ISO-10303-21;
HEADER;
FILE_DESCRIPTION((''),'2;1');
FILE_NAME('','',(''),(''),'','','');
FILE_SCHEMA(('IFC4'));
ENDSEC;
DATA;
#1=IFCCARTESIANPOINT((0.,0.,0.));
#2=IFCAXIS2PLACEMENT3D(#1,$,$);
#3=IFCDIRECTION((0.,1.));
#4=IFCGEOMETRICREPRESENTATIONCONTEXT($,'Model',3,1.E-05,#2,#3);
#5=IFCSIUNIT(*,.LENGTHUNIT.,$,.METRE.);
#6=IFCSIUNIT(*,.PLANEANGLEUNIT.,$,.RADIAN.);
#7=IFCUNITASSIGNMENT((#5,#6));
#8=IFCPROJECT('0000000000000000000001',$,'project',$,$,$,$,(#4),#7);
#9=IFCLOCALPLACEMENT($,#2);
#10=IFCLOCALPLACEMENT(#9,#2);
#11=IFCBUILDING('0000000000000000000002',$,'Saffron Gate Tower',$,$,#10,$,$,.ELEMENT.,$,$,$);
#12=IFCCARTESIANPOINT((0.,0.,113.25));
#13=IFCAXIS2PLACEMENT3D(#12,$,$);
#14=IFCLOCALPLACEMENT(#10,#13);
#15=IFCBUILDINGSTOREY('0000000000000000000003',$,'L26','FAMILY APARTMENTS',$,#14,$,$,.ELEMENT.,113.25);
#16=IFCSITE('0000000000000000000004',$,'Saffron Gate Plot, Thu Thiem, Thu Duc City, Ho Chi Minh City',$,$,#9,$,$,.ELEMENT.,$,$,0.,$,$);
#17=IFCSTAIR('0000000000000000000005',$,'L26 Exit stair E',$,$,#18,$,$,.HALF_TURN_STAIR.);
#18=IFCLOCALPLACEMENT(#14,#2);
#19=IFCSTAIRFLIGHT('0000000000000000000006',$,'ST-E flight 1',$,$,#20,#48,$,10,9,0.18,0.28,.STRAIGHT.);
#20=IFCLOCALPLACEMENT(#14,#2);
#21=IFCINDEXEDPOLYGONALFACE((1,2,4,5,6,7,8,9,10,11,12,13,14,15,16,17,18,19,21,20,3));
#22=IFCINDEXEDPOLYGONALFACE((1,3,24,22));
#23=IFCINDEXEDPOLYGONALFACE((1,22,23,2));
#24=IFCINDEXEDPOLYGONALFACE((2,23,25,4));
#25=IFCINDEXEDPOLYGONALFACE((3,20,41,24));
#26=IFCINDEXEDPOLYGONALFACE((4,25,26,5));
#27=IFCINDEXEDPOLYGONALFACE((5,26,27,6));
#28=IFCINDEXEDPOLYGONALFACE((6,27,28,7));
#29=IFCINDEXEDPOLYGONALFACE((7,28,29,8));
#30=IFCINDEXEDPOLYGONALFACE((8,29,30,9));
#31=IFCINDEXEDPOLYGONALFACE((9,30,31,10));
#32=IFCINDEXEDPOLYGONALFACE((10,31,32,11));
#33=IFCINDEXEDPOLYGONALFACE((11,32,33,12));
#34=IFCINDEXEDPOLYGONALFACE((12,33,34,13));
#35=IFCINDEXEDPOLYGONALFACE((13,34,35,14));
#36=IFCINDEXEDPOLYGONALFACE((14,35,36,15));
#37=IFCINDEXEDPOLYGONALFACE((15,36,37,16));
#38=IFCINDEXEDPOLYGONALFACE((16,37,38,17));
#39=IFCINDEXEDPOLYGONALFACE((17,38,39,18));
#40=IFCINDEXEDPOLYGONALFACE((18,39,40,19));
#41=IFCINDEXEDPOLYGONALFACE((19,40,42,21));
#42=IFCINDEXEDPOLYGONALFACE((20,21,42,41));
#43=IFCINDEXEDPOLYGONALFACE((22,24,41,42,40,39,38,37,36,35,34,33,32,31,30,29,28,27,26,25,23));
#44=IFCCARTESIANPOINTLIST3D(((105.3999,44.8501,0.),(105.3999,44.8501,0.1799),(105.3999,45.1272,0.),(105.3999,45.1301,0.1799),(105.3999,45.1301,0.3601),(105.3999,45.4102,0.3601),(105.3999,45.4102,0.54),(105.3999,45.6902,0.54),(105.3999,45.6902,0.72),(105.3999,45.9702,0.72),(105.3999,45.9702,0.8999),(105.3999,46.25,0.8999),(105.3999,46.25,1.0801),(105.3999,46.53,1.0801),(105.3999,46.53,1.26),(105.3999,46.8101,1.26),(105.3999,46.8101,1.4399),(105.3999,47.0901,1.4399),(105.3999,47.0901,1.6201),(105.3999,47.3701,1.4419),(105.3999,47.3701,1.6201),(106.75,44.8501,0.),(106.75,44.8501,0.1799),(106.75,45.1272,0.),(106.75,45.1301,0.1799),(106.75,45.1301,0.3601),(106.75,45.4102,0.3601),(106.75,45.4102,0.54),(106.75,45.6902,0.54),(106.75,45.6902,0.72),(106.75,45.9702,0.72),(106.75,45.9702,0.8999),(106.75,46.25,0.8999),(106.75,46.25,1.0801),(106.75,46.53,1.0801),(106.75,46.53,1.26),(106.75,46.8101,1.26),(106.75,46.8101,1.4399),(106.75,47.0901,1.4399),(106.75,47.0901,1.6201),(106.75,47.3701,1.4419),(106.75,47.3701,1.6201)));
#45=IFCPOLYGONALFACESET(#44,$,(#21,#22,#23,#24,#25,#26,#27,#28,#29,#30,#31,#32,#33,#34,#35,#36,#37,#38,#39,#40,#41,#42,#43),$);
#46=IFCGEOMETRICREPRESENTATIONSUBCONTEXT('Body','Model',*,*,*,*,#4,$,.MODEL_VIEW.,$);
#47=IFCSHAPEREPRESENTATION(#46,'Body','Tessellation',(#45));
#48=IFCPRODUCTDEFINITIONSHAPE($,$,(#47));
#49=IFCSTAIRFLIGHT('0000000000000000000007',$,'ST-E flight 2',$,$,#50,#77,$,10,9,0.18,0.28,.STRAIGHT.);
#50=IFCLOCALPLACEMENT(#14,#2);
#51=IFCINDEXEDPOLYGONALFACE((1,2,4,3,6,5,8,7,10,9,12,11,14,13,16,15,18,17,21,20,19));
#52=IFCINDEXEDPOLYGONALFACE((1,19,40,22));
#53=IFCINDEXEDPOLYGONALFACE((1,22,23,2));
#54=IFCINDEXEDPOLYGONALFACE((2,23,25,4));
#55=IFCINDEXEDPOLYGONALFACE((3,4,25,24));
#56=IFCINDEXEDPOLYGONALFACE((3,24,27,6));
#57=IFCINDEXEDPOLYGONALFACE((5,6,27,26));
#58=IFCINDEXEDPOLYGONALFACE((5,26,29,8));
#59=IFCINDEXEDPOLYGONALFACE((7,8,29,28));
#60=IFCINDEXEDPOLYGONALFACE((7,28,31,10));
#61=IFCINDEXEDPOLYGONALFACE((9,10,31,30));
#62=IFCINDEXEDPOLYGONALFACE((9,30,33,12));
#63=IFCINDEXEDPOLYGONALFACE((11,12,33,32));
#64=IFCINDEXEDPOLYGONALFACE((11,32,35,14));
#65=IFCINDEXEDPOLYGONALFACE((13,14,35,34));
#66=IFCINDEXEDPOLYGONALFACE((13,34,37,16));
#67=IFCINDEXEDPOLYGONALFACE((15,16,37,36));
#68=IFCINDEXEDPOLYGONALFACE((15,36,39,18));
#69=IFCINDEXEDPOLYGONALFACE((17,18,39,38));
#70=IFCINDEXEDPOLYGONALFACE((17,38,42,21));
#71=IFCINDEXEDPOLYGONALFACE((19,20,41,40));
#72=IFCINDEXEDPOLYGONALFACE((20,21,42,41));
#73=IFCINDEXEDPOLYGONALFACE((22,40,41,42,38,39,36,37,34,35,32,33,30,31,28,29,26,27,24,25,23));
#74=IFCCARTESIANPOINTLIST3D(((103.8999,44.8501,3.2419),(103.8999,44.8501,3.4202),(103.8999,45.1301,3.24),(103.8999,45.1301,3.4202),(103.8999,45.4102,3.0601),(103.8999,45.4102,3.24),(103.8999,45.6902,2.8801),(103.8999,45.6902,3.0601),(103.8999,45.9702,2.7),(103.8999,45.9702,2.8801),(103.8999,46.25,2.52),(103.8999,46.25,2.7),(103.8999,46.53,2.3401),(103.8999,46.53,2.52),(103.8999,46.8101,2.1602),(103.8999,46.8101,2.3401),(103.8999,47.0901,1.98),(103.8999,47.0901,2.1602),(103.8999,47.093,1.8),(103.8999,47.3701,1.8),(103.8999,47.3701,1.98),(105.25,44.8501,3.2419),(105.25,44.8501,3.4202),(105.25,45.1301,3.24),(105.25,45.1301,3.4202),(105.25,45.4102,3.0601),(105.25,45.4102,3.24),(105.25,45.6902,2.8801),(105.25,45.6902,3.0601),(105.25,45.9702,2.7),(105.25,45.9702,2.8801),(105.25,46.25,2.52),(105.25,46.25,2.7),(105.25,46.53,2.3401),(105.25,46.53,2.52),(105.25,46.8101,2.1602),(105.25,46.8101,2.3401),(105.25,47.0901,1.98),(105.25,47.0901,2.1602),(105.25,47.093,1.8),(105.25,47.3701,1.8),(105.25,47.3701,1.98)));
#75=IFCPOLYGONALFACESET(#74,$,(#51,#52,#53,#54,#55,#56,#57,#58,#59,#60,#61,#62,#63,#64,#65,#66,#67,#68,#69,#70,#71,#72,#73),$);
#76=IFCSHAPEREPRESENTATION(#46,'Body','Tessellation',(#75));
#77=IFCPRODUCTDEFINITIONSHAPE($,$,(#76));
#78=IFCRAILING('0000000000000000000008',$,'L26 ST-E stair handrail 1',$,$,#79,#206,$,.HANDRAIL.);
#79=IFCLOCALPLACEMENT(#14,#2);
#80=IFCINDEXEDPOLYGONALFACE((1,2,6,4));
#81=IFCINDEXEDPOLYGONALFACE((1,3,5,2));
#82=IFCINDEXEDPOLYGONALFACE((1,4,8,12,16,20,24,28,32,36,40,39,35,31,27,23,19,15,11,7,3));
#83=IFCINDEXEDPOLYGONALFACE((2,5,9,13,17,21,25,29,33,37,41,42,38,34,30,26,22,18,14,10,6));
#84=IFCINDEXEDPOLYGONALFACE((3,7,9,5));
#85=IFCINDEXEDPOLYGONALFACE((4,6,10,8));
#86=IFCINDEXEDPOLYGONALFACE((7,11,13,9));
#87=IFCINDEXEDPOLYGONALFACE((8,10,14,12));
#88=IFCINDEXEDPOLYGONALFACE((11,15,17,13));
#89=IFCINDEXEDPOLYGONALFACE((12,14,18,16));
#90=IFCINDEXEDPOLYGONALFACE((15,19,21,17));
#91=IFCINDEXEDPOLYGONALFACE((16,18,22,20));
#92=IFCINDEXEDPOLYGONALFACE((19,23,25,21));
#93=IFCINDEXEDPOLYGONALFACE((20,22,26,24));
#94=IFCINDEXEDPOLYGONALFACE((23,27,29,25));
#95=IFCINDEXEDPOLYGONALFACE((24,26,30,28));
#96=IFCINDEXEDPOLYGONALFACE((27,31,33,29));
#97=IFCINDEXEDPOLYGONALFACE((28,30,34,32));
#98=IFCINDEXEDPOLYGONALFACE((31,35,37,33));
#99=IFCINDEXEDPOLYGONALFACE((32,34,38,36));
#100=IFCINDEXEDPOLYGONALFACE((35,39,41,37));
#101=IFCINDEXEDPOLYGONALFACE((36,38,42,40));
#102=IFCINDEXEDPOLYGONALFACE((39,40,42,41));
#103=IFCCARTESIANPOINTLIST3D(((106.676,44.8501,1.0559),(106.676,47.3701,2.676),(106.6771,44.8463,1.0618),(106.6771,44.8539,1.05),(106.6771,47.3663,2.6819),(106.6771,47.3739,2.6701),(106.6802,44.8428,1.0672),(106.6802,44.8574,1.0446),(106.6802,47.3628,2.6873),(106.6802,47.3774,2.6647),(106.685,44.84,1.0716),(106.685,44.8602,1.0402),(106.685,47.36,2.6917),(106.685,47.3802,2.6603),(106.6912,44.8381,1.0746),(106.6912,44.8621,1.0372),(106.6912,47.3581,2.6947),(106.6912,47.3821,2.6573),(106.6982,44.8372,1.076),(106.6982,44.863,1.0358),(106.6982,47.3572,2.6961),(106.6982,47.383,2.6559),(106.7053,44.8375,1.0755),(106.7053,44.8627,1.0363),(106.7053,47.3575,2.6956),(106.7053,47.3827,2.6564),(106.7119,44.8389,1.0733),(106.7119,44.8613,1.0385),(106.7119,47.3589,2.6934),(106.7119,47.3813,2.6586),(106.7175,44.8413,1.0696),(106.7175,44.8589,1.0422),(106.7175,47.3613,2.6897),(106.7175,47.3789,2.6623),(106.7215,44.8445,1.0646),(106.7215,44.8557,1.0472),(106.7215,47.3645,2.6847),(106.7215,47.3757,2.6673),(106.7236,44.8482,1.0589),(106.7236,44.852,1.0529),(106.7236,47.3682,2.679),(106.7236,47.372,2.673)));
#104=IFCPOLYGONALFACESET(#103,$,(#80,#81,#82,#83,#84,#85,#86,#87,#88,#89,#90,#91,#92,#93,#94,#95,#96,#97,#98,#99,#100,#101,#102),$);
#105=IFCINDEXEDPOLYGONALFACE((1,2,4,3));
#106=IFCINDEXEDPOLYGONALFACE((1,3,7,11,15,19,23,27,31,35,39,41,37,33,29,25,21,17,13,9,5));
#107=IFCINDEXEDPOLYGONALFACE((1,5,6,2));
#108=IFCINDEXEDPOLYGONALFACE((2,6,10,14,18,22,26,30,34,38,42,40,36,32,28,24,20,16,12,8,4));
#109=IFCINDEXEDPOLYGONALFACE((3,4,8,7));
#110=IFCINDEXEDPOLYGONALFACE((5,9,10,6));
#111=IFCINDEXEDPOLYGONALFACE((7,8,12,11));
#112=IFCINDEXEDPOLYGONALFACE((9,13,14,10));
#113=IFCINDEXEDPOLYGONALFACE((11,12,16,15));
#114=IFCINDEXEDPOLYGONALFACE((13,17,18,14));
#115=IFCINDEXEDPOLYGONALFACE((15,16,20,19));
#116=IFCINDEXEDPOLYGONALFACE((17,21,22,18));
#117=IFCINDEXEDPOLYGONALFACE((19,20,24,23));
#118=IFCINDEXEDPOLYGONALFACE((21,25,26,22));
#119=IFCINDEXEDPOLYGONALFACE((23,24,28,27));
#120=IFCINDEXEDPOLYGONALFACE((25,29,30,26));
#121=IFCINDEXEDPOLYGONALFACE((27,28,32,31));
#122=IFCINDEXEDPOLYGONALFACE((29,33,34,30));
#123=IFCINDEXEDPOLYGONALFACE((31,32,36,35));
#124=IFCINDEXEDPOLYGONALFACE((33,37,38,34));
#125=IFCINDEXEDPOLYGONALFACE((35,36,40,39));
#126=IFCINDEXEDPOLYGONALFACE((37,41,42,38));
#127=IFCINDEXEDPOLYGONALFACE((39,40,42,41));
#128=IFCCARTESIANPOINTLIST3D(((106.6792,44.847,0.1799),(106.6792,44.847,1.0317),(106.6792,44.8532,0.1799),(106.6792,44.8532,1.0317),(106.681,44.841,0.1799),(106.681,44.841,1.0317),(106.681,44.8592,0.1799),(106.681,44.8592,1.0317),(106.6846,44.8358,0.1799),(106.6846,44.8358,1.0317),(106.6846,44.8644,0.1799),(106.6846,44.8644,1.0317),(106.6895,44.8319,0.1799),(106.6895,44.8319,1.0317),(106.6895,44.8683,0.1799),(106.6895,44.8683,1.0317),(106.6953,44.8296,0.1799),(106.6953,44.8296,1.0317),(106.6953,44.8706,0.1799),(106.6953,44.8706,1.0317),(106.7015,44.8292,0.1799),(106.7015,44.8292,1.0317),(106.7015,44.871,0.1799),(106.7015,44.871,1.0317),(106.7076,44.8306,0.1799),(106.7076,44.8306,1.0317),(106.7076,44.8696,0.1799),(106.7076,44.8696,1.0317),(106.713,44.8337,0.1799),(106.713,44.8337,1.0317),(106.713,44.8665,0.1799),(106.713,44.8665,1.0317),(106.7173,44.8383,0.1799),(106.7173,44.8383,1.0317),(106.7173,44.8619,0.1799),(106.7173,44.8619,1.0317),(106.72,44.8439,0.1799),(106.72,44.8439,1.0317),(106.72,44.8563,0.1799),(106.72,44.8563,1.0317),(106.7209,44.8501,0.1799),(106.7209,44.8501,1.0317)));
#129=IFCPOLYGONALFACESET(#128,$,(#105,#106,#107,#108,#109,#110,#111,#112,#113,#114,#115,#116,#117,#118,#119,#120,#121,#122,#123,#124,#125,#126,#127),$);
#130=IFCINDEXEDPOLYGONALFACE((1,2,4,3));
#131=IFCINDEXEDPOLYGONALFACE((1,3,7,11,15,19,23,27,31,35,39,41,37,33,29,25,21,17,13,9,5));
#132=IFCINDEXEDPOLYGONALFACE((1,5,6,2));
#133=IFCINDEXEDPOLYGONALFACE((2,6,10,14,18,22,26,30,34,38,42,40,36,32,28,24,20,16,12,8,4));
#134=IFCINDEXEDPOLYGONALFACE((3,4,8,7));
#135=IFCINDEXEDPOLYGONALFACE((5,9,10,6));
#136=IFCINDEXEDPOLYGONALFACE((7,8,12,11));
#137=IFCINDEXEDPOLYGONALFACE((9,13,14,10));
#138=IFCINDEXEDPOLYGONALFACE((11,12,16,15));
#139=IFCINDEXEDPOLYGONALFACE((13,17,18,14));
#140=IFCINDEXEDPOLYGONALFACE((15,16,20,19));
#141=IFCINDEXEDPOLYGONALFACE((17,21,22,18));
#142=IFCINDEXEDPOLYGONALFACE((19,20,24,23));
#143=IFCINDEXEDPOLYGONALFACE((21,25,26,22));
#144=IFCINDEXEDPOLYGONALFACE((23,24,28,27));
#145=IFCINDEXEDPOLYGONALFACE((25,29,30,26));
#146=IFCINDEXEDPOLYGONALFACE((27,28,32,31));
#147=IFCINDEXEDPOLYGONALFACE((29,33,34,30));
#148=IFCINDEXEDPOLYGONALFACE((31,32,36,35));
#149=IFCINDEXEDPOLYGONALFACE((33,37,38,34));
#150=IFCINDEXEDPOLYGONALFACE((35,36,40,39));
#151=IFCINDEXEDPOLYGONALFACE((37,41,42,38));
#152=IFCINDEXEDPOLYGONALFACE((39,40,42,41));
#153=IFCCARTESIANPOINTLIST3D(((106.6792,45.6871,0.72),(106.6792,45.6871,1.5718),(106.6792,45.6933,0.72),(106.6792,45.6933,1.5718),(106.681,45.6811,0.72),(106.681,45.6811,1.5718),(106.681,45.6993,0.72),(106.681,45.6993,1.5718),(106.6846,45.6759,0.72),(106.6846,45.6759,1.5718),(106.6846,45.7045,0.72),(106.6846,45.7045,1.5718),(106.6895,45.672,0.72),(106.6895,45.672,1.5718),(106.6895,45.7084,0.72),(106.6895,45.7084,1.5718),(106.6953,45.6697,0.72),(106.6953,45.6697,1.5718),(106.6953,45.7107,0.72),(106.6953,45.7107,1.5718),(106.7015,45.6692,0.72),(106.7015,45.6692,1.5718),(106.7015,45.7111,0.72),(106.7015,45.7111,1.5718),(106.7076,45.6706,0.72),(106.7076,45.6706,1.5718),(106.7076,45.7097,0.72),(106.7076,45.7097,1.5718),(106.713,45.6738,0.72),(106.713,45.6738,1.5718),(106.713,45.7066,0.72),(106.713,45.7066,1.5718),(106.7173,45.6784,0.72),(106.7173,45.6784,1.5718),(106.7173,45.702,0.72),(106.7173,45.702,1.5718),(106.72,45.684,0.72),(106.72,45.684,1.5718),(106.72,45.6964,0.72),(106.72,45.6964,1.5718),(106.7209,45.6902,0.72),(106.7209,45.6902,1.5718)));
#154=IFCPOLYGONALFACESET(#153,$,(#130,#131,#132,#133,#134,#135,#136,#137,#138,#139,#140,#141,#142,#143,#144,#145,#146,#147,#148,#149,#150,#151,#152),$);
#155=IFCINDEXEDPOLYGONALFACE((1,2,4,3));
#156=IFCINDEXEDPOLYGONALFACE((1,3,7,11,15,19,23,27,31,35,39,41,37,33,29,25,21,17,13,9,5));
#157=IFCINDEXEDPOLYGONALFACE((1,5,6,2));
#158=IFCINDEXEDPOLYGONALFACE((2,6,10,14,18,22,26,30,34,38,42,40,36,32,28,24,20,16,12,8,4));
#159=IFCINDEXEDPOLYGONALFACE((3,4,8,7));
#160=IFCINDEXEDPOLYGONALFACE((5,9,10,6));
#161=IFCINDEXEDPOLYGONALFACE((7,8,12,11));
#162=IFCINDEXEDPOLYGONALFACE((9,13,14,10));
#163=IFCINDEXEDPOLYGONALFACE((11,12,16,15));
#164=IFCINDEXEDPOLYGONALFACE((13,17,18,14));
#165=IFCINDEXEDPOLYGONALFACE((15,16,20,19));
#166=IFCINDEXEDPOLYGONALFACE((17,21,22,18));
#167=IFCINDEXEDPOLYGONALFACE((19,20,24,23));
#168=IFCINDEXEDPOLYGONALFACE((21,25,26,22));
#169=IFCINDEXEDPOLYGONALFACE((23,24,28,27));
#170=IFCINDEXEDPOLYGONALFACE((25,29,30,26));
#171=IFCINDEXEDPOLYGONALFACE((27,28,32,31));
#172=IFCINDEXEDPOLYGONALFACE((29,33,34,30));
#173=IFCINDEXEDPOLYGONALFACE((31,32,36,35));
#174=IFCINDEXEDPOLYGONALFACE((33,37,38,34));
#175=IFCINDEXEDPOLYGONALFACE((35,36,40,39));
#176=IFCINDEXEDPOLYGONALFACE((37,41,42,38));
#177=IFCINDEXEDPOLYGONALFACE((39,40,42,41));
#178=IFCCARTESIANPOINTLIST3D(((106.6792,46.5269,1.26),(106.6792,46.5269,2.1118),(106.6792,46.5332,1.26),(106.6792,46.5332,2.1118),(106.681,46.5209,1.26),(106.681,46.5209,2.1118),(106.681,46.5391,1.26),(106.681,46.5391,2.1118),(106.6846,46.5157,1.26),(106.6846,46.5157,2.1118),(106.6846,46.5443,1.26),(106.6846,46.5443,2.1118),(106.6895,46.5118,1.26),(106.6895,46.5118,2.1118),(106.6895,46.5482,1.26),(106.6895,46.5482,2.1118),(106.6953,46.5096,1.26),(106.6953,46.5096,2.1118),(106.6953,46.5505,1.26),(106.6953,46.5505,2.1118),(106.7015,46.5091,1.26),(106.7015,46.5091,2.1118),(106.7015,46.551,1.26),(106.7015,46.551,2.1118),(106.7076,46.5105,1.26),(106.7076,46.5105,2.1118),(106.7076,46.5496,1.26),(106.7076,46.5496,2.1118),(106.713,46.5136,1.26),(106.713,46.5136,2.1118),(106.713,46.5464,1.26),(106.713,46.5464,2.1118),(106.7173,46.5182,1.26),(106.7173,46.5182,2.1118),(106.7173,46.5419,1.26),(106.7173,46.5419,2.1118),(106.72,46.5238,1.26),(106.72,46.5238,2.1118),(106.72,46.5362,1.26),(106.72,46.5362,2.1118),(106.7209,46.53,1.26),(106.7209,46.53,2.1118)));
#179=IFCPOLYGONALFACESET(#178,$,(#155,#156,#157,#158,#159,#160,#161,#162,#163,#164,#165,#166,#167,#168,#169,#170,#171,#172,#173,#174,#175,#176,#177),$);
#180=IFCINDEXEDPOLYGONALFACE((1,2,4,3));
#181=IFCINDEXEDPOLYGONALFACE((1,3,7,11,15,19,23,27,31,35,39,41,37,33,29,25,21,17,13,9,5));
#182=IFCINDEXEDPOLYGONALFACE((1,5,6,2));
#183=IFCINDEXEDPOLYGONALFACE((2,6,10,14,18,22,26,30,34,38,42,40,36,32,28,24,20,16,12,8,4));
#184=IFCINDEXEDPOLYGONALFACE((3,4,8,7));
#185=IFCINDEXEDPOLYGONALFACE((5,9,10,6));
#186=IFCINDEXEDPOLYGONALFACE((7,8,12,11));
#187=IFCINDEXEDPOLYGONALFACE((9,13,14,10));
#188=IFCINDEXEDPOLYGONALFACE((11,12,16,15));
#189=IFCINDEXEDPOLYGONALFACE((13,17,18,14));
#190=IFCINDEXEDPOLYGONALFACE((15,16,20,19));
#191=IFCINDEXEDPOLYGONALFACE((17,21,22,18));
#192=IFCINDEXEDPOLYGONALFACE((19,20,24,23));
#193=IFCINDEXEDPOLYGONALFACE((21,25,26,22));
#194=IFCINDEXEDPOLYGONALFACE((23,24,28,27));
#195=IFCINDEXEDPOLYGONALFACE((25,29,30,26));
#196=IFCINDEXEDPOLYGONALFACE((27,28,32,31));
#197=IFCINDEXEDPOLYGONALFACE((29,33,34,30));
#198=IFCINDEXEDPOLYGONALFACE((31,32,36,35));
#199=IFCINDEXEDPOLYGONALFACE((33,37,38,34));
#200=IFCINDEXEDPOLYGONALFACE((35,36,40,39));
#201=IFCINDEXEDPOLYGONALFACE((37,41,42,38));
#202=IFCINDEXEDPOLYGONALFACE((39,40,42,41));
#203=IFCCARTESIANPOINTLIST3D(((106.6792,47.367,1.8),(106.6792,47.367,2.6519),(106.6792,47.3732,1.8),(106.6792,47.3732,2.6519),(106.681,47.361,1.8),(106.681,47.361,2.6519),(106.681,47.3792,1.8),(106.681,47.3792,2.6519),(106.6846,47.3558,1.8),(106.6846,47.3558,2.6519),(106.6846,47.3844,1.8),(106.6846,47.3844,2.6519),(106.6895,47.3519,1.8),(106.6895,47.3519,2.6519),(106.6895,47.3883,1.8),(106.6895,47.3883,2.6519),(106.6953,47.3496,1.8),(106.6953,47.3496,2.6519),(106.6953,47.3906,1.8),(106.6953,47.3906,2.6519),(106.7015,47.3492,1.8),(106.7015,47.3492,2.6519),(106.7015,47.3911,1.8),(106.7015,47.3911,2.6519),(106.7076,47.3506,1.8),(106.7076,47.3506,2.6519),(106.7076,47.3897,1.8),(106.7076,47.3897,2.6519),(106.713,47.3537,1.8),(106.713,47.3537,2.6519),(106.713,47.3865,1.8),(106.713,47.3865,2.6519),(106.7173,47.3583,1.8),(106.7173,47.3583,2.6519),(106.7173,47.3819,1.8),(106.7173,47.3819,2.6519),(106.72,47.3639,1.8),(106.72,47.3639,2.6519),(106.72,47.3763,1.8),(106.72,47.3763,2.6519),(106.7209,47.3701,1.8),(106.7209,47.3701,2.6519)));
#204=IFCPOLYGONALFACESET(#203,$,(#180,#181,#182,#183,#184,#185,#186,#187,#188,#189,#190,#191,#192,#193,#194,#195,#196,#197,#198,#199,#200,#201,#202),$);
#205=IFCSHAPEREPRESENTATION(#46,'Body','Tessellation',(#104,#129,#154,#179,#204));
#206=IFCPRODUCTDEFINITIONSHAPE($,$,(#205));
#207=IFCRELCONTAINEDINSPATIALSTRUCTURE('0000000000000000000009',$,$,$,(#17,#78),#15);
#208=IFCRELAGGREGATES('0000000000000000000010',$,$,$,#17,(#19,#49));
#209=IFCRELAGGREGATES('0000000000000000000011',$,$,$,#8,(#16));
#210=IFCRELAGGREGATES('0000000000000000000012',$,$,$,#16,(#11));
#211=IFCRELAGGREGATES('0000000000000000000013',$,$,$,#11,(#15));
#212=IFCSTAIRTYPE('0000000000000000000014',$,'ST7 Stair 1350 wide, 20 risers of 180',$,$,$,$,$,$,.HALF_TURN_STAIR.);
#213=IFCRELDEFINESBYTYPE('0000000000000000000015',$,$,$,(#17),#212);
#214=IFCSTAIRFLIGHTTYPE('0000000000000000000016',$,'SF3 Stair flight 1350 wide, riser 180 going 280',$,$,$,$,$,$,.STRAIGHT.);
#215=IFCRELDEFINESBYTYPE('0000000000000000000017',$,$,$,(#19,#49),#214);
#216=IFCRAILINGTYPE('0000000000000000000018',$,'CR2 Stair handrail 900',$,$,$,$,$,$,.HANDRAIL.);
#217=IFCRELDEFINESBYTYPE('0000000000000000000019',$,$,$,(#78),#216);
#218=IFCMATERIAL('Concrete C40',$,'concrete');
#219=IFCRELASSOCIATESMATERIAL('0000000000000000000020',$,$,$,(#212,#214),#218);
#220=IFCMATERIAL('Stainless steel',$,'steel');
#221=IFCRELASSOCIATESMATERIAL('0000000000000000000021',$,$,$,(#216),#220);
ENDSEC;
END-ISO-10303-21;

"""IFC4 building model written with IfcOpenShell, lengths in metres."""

from ifc_helpers import new_model, si_unit, direction, frame, origin, origin_2d, place, context, subcontext, project, spatial, polyline, circle, outline, extrude, material, type_object, element, aggregate, save


model = new_model("IFC4")

# Units and contexts
model_context = context("Model", 3, precision=1e-05, world=origin(), true_north=direction((0.0, 1.0)))
body_context = subcontext(model_context, "Body", "Model", "MODEL_VIEW")
ifc_project = project(units=[si_unit("LENGTHUNIT", "METRE"), si_unit("PLANEANGLEUNIT", "RADIAN")], contexts=[model_context])

# Site, building, storey
site_placement = place(None, origin())
site = spatial("IfcSite", under=ifc_project, at=site_placement, Name="Saffron Gate Plot, Thu Thiem, Thu Duc City, Ho Chi Minh City", CompositionType="ELEMENT", RefElevation=0.0)
building_placement = place(site_placement, origin())
building = spatial("IfcBuilding", under=site, at=building_placement, Name="Saffron Gate Tower", CompositionType="ELEMENT")
storey_placement = place(building_placement, frame((0.0, 0.0, 113.25)))
storey = spatial("IfcBuildingStorey", under=building, at=storey_placement, Name="L26", Description="FAMILY APARTMENTS", CompositionType="ELEMENT", Elevation=113.25)

# Stair, stair flights
ifc_material_1 = material(Name="Concrete C40", Category="concrete")
stair_type = type_object("IfcStairType", Name="ST7 Stair 1350 wide, 20 risers of 180", PredefinedType="HALF_TURN_STAIR", material=ifc_material_1)
stair_placement = place(storey_placement, origin())
stair = element("IfcStair", 1, at=stair_placement, inside=storey, type_object=stair_type, Name="L26 Exit stair E", PredefinedType="HALF_TURN_STAIR")
stair_flight_type = type_object("IfcStairFlightType", Name="SF3 Stair flight 1350 wide, riser 180 going 280", PredefinedType="STRAIGHT", material=ifc_material_1)
stair_flight_1_placement = place(storey_placement, frame((106.075, 44.8501, 0.0), z_axis=(0.0, 0.0, 1.0), x_axis=(0.0, 1.0, 0.0)))
stair_flight_1 = element("IfcStairFlight", 2, at=stair_flight_1_placement, type_object=stair_flight_type, Name="ST-E flight 1", NumberOfRisers=10, NumberOfTreads=9, PredefinedType="STRAIGHT", RiserHeight=0.18, TreadLength=0.28, context=body_context, shape_type="SweptSolid", body=[
    extrude(outline(polyline([(0.0, 0.0), (0.0, 0.1799), (0.28, 0.1799), (0.28, 0.3601), (0.5601, 0.3601), (0.5601, 0.54), (0.8401, 0.54), (0.8401, 0.72), (1.1201, 0.72), (1.1201, 0.8999), (1.3999, 0.8999), (1.3999, 1.0801), (1.6799, 1.0801), (1.6799, 1.26), (1.96, 1.26), (1.96, 1.4399), (2.24, 1.4399), (2.24, 1.6201), (2.52, 1.6201), (2.52, 1.8), (2.52, 1.4419), (0.2771, 0.0), (0.0, 0.0)])), frame((0.0, 0.675, 0.0), z_axis=(0.0, -1.0, 0.0), x_axis=(1.0, 0.0, 0.0)), (0.0, 0.0, 1.0), 1.3501),
])
stair_flight_2_placement = place(storey_placement, frame((104.575, 47.3701, 1.8), z_axis=(0.0, 0.0, 1.0), x_axis=(0.0, -1.0, 0.0)))
stair_flight_2 = element("IfcStairFlight", 3, at=stair_flight_2_placement, type_object=stair_flight_type, Name="ST-E flight 2", NumberOfRisers=10, NumberOfTreads=9, PredefinedType="STRAIGHT", RiserHeight=0.18, TreadLength=0.28, context=body_context, shape_type="SweptSolid", body=[
    extrude(outline(polyline([(0.0, 0.0), (0.0, 0.1799), (0.28, 0.1799), (0.28, 0.3601), (0.5601, 0.3601), (0.5601, 0.54), (0.8401, 0.54), (0.8401, 0.72), (1.1201, 0.72), (1.1201, 0.8999), (1.3999, 0.8999), (1.3999, 1.0801), (1.6799, 1.0801), (1.6799, 1.26), (1.96, 1.26), (1.96, 1.4399), (2.24, 1.4399), (2.24, 1.6201), (2.52, 1.6201), (2.52, 1.8), (2.52, 1.4419), (0.2771, 0.0), (0.0, 0.0)])), frame((0.0, 0.675, 0.0), z_axis=(0.0, -1.0, 0.0), x_axis=(1.0, 0.0, 0.0)), (0.0, 0.0, 1.0), 1.3501),
])
aggregate(stair, [stair_flight_1, stair_flight_2])

# Railing
ifc_material_2 = material(Name="Stainless steel", Category="steel")
railing_type_1 = type_object("IfcRailingType", Name="CR2 Stair handrail 900", PredefinedType="HANDRAIL", material=ifc_material_2)
railing_1_placement = place(storey_placement, frame((106.7, 44.8501, 0.1799)))
element("IfcRailing", 4, at=railing_1_placement, inside=storey, type_object=railing_type_1, Name="L26 ST-E stair handrail 1", PredefinedType="HANDRAIL", context=body_context, shape_type="SweptSolid", body=[
    extrude(circle(Radius=0.0239, at=origin_2d()), frame((0.0, 0.0, 0.876), z_axis=(0.0, 0.841163, 0.540782), x_axis=(-1.0, 0.0, 0.0)), (0.0, 0.0, 1.0), 2.9958),
    extrude(circle(Radius=0.021, at=origin_2d()), origin(), (0.0, 0.0, 1.0), 0.8518),
    extrude(circle(Radius=0.021, at=origin_2d()), frame((0.0, 0.8401, 0.54)), (0.0, 0.0, 1.0), 0.8518),
    extrude(circle(Radius=0.021, at=origin_2d()), frame((0.0, 1.6799, 1.0801)), (0.0, 0.0, 1.0), 0.8518),
    extrude(circle(Radius=0.021, at=origin_2d()), frame((0.0, 2.52, 1.6201)), (0.0, 0.0, 1.0), 0.8518),
])

save(model, "model.ifc")
